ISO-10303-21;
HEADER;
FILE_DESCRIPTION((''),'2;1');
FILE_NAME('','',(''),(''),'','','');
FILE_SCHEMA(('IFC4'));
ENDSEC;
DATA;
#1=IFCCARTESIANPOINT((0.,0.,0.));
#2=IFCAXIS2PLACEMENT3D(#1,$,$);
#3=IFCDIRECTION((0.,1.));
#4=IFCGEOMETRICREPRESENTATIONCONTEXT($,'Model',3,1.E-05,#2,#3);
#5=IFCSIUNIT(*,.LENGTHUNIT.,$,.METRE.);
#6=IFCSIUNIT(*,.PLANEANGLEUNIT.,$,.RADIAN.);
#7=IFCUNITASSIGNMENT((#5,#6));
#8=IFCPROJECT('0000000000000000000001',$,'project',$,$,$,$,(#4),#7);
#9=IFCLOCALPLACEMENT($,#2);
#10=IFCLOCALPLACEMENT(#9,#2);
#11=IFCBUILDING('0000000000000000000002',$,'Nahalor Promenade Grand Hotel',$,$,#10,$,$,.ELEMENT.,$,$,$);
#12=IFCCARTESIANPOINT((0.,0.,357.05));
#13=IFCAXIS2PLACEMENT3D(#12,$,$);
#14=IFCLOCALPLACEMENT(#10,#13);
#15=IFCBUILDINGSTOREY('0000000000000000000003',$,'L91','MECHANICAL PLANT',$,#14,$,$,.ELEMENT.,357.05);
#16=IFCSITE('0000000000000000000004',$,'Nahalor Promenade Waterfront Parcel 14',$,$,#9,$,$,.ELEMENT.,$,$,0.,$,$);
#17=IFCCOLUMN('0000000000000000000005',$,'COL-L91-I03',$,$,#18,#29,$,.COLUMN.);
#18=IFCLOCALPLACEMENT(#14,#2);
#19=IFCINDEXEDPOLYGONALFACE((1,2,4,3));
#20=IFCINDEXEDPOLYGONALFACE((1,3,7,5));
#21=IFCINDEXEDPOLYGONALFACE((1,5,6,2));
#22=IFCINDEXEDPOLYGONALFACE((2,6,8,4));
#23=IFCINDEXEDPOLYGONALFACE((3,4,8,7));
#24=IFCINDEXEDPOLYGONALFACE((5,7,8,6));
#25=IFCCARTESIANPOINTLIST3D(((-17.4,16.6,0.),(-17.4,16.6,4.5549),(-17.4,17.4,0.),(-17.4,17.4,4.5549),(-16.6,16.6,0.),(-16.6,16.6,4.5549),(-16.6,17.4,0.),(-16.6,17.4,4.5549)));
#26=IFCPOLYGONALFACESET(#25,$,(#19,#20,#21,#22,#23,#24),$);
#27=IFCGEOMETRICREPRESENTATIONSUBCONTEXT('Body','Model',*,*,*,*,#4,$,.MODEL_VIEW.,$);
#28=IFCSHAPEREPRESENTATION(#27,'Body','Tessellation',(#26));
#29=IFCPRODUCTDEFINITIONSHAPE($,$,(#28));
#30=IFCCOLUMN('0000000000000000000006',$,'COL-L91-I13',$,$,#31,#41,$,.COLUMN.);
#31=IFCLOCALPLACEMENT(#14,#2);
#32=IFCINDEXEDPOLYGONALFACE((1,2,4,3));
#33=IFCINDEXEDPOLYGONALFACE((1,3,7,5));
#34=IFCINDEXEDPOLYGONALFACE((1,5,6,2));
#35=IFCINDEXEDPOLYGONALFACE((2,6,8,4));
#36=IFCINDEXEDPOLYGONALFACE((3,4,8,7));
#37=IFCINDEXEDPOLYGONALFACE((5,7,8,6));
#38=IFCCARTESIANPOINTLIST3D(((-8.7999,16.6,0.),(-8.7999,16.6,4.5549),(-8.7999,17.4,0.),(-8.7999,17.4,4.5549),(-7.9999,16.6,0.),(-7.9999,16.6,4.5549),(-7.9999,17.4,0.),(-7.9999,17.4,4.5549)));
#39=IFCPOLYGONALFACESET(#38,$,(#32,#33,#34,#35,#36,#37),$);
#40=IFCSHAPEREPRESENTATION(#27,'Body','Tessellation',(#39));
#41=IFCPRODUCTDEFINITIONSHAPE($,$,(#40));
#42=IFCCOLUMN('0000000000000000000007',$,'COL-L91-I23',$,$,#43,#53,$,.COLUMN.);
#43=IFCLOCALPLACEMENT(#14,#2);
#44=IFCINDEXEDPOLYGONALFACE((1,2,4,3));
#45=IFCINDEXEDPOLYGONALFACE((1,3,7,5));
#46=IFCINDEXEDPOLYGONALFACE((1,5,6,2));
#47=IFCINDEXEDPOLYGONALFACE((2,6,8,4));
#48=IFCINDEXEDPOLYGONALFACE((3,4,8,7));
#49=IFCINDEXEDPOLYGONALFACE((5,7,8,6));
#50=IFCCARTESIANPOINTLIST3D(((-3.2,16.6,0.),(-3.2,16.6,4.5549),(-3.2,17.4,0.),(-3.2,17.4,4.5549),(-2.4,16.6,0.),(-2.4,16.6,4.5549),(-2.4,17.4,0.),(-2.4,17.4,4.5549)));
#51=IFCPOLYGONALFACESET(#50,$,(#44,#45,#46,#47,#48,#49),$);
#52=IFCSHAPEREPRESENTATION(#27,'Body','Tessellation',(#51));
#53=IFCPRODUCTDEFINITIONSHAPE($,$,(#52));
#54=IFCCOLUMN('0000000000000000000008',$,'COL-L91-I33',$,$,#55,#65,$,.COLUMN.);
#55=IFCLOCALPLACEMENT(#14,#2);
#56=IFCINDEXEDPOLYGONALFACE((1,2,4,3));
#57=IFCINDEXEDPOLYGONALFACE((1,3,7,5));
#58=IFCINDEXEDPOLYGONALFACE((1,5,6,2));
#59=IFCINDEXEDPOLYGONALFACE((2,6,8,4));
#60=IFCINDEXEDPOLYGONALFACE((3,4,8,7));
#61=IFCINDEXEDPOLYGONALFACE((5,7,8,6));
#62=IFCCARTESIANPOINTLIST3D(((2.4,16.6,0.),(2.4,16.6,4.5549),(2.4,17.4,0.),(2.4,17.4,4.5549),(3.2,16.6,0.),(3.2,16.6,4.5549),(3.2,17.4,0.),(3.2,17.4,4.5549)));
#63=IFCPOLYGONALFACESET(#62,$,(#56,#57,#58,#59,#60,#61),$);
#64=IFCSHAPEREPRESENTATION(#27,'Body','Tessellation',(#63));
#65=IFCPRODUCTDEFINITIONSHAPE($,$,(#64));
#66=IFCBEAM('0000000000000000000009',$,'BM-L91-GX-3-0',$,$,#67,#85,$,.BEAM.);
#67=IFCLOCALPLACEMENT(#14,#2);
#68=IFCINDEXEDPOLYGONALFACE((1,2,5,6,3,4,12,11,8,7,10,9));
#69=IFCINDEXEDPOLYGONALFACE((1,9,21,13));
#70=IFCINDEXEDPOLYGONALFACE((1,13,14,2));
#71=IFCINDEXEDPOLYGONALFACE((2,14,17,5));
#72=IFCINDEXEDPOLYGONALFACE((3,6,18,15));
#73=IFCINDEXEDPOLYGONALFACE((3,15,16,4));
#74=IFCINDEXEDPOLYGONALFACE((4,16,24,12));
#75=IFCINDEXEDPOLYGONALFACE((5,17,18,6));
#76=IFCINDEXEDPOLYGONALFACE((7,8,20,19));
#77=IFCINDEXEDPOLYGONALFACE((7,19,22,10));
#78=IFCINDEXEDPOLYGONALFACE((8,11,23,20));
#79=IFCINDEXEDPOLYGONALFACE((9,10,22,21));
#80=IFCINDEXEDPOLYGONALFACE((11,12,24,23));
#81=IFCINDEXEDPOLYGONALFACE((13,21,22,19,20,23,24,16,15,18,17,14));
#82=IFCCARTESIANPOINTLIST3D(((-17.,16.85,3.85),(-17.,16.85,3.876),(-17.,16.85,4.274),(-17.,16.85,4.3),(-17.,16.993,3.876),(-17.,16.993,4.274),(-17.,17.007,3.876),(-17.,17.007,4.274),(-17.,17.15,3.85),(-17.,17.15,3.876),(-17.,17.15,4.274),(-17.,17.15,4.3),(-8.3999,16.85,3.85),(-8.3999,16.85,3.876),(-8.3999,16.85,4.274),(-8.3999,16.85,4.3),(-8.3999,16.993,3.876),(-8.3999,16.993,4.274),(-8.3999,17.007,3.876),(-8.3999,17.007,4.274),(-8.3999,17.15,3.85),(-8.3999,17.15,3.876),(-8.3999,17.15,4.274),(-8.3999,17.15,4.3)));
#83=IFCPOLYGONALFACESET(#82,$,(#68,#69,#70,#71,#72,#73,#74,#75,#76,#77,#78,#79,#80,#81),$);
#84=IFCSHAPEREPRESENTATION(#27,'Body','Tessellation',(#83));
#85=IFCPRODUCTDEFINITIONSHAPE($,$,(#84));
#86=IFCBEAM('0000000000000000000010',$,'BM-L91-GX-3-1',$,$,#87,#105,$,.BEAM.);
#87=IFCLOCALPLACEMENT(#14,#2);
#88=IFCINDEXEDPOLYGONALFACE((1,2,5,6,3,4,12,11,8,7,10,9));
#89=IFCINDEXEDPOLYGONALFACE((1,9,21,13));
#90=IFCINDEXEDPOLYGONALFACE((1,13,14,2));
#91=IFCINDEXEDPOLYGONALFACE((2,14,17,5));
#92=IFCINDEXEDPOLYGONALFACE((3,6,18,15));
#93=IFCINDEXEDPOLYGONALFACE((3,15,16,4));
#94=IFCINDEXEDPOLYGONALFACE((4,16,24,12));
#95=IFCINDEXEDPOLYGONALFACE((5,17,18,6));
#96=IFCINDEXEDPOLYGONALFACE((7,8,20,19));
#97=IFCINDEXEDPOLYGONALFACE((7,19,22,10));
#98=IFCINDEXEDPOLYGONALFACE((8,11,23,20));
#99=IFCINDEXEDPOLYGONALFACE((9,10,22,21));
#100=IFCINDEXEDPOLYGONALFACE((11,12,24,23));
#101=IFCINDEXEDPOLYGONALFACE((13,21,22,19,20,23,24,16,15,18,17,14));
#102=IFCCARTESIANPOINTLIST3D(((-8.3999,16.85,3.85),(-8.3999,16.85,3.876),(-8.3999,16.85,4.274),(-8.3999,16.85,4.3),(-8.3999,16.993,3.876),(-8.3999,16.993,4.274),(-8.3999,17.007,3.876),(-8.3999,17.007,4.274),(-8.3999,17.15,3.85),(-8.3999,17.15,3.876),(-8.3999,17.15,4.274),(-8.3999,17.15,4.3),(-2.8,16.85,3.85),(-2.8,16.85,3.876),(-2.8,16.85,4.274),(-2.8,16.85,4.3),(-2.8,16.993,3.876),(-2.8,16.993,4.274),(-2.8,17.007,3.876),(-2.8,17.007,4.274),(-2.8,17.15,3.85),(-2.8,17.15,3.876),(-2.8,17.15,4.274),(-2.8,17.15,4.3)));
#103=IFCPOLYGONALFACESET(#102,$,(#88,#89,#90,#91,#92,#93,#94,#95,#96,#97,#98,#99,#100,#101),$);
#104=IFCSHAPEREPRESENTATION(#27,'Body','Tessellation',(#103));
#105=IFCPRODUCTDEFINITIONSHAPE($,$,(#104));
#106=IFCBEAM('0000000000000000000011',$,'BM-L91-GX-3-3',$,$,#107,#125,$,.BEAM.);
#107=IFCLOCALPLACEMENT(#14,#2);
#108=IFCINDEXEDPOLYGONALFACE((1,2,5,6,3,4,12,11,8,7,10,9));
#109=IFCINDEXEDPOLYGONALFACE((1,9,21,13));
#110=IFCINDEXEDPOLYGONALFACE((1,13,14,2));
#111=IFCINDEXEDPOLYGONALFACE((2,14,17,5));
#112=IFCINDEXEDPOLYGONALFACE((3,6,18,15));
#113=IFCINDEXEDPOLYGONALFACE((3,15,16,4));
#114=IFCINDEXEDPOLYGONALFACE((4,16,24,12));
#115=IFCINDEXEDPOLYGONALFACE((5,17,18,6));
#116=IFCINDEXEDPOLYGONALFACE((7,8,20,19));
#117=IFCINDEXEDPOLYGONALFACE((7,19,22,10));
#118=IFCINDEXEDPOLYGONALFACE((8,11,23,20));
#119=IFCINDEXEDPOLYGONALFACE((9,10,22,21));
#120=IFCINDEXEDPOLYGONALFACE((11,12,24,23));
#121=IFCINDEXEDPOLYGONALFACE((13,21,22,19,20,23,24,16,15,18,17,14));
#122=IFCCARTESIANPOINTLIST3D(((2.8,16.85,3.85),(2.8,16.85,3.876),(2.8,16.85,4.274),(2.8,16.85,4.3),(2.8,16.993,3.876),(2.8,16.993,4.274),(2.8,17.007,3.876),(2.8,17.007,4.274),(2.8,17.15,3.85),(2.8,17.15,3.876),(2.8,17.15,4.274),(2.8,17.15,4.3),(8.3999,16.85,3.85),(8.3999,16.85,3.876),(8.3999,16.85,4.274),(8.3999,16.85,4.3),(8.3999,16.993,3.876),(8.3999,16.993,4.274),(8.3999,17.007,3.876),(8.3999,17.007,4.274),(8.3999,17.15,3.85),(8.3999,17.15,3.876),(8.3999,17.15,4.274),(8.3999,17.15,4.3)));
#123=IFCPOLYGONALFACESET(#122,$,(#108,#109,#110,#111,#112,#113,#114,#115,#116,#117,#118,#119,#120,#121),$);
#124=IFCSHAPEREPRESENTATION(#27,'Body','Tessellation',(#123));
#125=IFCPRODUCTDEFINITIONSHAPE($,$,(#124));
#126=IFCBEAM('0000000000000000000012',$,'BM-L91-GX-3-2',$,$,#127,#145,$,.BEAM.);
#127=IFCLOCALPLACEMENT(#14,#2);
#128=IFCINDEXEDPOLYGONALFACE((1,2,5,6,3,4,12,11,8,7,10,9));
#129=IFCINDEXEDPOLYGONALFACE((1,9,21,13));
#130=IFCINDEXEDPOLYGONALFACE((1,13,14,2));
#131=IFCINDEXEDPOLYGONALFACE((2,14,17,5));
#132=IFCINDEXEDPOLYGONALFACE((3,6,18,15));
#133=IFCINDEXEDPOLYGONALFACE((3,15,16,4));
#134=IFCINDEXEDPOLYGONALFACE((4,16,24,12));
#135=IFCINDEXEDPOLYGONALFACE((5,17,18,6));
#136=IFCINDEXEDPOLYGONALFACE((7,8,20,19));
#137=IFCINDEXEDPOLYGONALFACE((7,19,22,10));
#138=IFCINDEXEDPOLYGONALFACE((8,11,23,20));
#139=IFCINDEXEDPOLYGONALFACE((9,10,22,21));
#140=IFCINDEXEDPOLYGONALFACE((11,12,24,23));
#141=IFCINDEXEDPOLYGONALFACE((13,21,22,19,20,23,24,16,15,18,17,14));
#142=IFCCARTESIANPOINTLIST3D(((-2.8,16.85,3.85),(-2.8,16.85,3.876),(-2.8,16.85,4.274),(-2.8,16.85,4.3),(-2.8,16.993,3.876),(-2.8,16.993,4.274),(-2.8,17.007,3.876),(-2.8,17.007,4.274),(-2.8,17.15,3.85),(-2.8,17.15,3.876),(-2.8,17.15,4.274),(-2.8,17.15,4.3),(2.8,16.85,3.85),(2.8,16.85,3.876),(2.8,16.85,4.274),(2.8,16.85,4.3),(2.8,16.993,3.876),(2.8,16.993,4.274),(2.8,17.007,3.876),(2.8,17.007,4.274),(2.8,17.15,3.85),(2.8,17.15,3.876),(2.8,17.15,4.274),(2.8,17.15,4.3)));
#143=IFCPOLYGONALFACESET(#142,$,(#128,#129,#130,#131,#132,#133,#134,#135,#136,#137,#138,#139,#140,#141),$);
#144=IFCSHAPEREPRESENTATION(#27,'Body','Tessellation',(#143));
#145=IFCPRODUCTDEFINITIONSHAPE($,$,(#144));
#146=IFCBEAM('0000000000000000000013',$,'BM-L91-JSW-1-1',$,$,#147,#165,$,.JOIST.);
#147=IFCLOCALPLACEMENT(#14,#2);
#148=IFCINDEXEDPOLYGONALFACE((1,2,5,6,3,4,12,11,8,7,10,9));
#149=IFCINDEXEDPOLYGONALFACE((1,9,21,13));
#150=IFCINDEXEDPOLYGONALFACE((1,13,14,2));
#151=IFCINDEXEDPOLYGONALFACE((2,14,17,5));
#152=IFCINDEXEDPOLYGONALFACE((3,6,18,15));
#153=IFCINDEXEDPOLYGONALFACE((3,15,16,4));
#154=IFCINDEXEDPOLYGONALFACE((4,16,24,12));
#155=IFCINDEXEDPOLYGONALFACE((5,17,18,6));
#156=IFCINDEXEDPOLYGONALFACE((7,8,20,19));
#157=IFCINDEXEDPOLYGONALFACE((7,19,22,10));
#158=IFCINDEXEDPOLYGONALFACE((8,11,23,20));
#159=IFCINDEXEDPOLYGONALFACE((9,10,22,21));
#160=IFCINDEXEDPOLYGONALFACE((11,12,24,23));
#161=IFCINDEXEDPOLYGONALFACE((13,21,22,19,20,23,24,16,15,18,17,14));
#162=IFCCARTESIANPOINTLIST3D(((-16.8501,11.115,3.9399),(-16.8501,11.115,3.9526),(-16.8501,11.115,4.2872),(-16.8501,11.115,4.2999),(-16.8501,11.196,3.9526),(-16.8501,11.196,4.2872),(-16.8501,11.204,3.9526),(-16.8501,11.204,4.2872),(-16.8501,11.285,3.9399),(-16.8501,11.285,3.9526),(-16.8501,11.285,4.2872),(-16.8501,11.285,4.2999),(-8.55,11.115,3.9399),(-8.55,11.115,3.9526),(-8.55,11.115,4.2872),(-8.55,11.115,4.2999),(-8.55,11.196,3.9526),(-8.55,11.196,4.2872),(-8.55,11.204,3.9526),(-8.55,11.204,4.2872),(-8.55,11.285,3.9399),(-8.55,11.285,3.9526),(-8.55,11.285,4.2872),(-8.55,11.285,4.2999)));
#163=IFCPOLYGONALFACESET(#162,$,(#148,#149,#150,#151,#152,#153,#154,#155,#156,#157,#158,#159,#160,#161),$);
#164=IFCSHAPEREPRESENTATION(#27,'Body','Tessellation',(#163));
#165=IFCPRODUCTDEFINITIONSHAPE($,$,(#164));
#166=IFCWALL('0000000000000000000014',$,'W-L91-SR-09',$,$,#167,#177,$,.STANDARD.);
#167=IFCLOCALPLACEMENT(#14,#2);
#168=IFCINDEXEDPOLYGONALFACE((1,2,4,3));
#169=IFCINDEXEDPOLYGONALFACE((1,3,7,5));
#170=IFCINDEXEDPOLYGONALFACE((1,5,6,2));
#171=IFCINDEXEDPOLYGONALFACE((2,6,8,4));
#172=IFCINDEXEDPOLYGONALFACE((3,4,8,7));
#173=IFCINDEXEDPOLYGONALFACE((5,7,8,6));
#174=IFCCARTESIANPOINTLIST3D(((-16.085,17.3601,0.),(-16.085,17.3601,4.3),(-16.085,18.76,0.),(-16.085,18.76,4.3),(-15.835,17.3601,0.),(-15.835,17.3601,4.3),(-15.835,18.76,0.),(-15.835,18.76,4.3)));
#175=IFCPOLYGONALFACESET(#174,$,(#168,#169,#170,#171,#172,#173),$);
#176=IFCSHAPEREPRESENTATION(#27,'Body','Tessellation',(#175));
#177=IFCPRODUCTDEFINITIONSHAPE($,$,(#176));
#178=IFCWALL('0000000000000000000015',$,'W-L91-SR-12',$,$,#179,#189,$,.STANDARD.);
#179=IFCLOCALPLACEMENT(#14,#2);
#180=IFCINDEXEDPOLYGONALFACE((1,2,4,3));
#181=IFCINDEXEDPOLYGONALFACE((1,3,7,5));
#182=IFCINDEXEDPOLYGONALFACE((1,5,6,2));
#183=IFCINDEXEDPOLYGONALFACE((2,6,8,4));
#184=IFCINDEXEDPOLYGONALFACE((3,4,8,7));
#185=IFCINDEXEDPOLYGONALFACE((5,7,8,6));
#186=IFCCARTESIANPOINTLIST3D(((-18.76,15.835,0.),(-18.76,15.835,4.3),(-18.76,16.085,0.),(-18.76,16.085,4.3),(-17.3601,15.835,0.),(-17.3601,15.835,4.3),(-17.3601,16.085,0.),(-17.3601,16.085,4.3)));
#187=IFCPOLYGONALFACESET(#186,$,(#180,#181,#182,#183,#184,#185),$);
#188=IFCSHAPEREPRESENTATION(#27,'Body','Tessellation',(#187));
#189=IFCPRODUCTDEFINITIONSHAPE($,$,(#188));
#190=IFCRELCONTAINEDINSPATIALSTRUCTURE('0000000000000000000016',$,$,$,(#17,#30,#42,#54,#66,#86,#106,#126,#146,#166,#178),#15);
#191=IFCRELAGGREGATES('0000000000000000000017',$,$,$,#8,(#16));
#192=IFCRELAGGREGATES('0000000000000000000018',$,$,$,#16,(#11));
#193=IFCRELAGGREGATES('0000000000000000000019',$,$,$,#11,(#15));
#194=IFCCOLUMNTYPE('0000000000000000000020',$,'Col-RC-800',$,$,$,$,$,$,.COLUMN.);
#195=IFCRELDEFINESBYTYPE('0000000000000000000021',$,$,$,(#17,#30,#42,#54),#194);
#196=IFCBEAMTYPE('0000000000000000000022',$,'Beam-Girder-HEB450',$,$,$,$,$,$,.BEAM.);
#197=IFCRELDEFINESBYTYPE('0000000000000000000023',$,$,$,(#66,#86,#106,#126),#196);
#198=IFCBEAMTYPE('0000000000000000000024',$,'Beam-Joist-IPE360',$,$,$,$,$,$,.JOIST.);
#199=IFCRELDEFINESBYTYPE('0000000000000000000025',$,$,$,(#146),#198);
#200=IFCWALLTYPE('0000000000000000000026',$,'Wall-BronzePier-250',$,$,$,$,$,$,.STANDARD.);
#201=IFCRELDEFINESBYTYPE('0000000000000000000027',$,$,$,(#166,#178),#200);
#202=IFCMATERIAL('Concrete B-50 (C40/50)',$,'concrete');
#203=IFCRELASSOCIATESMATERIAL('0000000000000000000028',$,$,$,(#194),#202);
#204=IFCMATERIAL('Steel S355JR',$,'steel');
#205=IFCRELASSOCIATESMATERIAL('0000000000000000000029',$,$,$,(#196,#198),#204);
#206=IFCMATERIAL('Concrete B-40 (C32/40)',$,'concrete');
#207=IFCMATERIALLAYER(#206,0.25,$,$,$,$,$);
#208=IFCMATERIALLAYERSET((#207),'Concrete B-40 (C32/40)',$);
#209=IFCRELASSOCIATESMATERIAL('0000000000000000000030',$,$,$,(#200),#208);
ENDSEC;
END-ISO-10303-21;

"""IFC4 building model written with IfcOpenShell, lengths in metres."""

from ifc_helpers import new_model, si_unit, direction, frame, frame_2d, origin, origin_2d, place, context, subcontext, project, spatial, rectangle, i_section, extrude, source, transform, mapped, material, layer, layer_set, material_profile, profile_set, type_object, element, save


model = new_model("IFC4")

# Units and contexts
model_context = context("Model", 3, precision=1e-05, world=origin(), true_north=direction((0.0, 1.0)))
body_context = subcontext(model_context, "Body", "Model", "MODEL_VIEW")
ifc_project = project(units=[si_unit("LENGTHUNIT", "METRE"), si_unit("PLANEANGLEUNIT", "RADIAN")], contexts=[model_context])

# Site, building, storey
site_placement = place(None, origin())
site = spatial("IfcSite", under=ifc_project, at=site_placement, Name="Nahalor Promenade Waterfront Parcel 14", CompositionType="ELEMENT", RefElevation=0.0)
building_placement = place(site_placement, origin())
building = spatial("IfcBuilding", under=site, at=building_placement, Name="Nahalor Promenade Grand Hotel", CompositionType="ELEMENT")
storey_placement = place(building_placement, frame((0.0, 0.0, 357.05)))
storey = spatial("IfcBuildingStorey", under=building, at=storey_placement, Name="L91", Description="MECHANICAL PLANT", CompositionType="ELEMENT", Elevation=357.05)

# Columns
ifc_material_1 = material(Name="Concrete B-50 (C40/50)", Category="concrete")
ifc_material_profile_1 = material_profile(ifc_material_1, rectangle(XDim=0.8, YDim=0.8, at=origin_2d()), Name="RC 800x800")
ifc_profile_set_1 = profile_set([ifc_material_profile_1], Name="Concrete B-50 (C40/50)")
column_type = type_object("IfcColumnType", Name="Col-RC-800", PredefinedType="COLUMN", material=ifc_profile_set_1)
shared_shape_1 = source(origin(), body_context, "Body", "SweptSolid", [
    extrude(rectangle(XDim=0.8, YDim=0.8, at=origin_2d()), origin(), (0.0, 0.0, 1.0), 4.5549),
])
for number, where, z_axis, x_axis, name in (
    (1, (-17.0, 17.0, 0.0), (0.0, 0.0, 1.0), (1.0, 0.0, 0.0), "COL-L91-I03"),
    (2, (-8.3999, 17.0, 0.0), (0.0, 0.0, 1.0), (1.0, 0.0, 0.0), "COL-L91-I13"),
    (3, (-2.8, 17.0, 0.0), (0.0, 0.0, 1.0), (1.0, 0.0, 0.0), "COL-L91-I23"),
    (4, (2.8, 17.0, 0.0), (0.0, 0.0, 1.0), (1.0, 0.0, 0.0), "COL-L91-I33"),
):
    element("IfcColumn", number, at=place(storey_placement, frame(where, z_axis=z_axis, x_axis=x_axis)), inside=storey, type_object=column_type, Name=name, PredefinedType="COLUMN", context=body_context, shape_type="MappedRepresentation", body=[
        mapped(shared_shape_1, transform((0.0, 0.0, 0.0), scale=1.0)),
    ])

# Beams
ifc_material_2 = material(Name="Steel S355JR", Category="steel")
ifc_material_profile_2 = material_profile(ifc_material_2, i_section(OverallWidth=0.3, OverallDepth=0.45, WebThickness=0.014, FlangeThickness=0.026, at=origin_2d()), Name="HEB 450")
ifc_profile_set_2 = profile_set([ifc_material_profile_2], Name="Steel S355JR")
beam_type_1 = type_object("IfcBeamType", Name="Beam-Girder-HEB450", PredefinedType="BEAM", material=ifc_profile_set_2)
shared_shape_2 = source(origin(), body_context, "Body", "SweptSolid", [
    extrude(i_section(OverallWidth=0.3, OverallDepth=0.45, WebThickness=0.014, FlangeThickness=0.026, at=origin_2d()), origin(), (0.0, 0.0, 1.0), 8.6001),
])
beam_1_placement = place(storey_placement, frame((-17.0, 17.0, 4.075), z_axis=(1.0, 0.0, 0.0), x_axis=(0.0, 1.0, 0.0)))
element("IfcBeam", 5, at=beam_1_placement, inside=storey, type_object=beam_type_1, Name="BM-L91-GX-3-0", PredefinedType="BEAM", context=body_context, shape_type="MappedRepresentation", body=[
    mapped(shared_shape_2, transform((0.0, 0.0, 0.0), scale=1.0)),
])
shared_shape_3 = source(origin(), body_context, "Body", "SweptSolid", [
    extrude(i_section(OverallWidth=0.3, OverallDepth=0.45, WebThickness=0.014, FlangeThickness=0.026, at=origin_2d()), origin(), (0.0, 0.0, 1.0), 5.5999),
])
for number, where, z_axis, x_axis, name in (
    (6, (-8.3999, 17.0, 4.075), (1.0, 0.0, 0.0), (0.0, 1.0, 0.0), "BM-L91-GX-3-1"),
    (7, (2.8, 17.0, 4.075), (1.0, 0.0, 0.0), (0.0, 1.0, 0.0), "BM-L91-GX-3-3"),
):
    element("IfcBeam", number, at=place(storey_placement, frame(where, z_axis=z_axis, x_axis=x_axis)), inside=storey, type_object=beam_type_1, Name=name, PredefinedType="BEAM", context=body_context, shape_type="MappedRepresentation", body=[
        mapped(shared_shape_3, transform((0.0, 0.0, 0.0), scale=1.0)),
    ])
shared_shape_4 = source(origin(), body_context, "Body", "SweptSolid", [
    extrude(i_section(OverallWidth=0.3, OverallDepth=0.45, WebThickness=0.014, FlangeThickness=0.026, at=origin_2d()), origin(), (0.0, 0.0, 1.0), 5.6001),
])
beam_2_placement = place(storey_placement, frame((-2.8, 17.0, 4.075), z_axis=(1.0, 0.0, 0.0), x_axis=(0.0, 1.0, 0.0)))
element("IfcBeam", 8, at=beam_2_placement, inside=storey, type_object=beam_type_1, Name="BM-L91-GX-3-2", PredefinedType="BEAM", context=body_context, shape_type="MappedRepresentation", body=[
    mapped(shared_shape_4, transform((0.0, 0.0, 0.0), scale=1.0)),
])
ifc_material_profile_3 = material_profile(ifc_material_2, i_section(OverallWidth=0.17, OverallDepth=0.36, WebThickness=0.008, FlangeThickness=0.0127, at=origin_2d()), Name="IPE 360")
ifc_profile_set_3 = profile_set([ifc_material_profile_3], Name="Steel S355JR")
beam_type_2 = type_object("IfcBeamType", Name="Beam-Joist-IPE360", PredefinedType="JOIST", material=ifc_profile_set_3)
shared_shape_5 = source(origin(), body_context, "Body", "SweptSolid", [
    extrude(i_section(OverallWidth=0.17, OverallDepth=0.36, WebThickness=0.008, FlangeThickness=0.0127, at=origin_2d()), origin(), (0.0, 0.0, 1.0), 8.3),
])
beam_3_placement = place(storey_placement, frame((-16.8501, 11.2, 4.1199), z_axis=(1.0, 0.0, 0.0), x_axis=(0.0, 1.0, 0.0)))
element("IfcBeam", 9, at=beam_3_placement, inside=storey, type_object=beam_type_2, Name="BM-L91-JSW-1-1", PredefinedType="JOIST", context=body_context, shape_type="MappedRepresentation", body=[
    mapped(shared_shape_5, transform((0.0, 0.0, 0.0), scale=1.0)),
])

# Walls
ifc_material_3 = material(Name="Concrete B-40 (C32/40)", Category="concrete")
ifc_layer_1 = layer(ifc_material_3, 0.25)
ifc_layer_set_1 = layer_set([ifc_layer_1], Name="Concrete B-40 (C32/40)")
wall_type = type_object("IfcWallType", Name="Wall-BronzePier-250", PredefinedType="STANDARD", material=ifc_layer_set_1)
shared_shape_6 = source(origin(), body_context, "Body", "SweptSolid", [
    extrude(rectangle(XDim=1.3999, YDim=0.25, at=frame_2d((0.7, 0.0))), origin(), (0.0, 0.0, 1.0), 4.3),
])
for number, where, z_axis, x_axis, name in (
    (10, (-15.96, 17.3601, 0.0), (0.0, 0.0, 1.0), (0.0, 1.0, 0.0), "W-L91-SR-09"),
    (11, (-18.76, 15.96, 0.0), (0.0, 0.0, 1.0), (1.0, 0.0, 0.0), "W-L91-SR-12"),
):
    element("IfcWall", number, at=place(storey_placement, frame(where, z_axis=z_axis, x_axis=x_axis)), inside=storey, type_object=wall_type, Name=name, PredefinedType="STANDARD", context=body_context, shape_type="MappedRepresentation", body=[
        mapped(shared_shape_6, transform((0.0, 0.0, 0.0), scale=1.0)),
    ])

save(model, "model.ifc")
